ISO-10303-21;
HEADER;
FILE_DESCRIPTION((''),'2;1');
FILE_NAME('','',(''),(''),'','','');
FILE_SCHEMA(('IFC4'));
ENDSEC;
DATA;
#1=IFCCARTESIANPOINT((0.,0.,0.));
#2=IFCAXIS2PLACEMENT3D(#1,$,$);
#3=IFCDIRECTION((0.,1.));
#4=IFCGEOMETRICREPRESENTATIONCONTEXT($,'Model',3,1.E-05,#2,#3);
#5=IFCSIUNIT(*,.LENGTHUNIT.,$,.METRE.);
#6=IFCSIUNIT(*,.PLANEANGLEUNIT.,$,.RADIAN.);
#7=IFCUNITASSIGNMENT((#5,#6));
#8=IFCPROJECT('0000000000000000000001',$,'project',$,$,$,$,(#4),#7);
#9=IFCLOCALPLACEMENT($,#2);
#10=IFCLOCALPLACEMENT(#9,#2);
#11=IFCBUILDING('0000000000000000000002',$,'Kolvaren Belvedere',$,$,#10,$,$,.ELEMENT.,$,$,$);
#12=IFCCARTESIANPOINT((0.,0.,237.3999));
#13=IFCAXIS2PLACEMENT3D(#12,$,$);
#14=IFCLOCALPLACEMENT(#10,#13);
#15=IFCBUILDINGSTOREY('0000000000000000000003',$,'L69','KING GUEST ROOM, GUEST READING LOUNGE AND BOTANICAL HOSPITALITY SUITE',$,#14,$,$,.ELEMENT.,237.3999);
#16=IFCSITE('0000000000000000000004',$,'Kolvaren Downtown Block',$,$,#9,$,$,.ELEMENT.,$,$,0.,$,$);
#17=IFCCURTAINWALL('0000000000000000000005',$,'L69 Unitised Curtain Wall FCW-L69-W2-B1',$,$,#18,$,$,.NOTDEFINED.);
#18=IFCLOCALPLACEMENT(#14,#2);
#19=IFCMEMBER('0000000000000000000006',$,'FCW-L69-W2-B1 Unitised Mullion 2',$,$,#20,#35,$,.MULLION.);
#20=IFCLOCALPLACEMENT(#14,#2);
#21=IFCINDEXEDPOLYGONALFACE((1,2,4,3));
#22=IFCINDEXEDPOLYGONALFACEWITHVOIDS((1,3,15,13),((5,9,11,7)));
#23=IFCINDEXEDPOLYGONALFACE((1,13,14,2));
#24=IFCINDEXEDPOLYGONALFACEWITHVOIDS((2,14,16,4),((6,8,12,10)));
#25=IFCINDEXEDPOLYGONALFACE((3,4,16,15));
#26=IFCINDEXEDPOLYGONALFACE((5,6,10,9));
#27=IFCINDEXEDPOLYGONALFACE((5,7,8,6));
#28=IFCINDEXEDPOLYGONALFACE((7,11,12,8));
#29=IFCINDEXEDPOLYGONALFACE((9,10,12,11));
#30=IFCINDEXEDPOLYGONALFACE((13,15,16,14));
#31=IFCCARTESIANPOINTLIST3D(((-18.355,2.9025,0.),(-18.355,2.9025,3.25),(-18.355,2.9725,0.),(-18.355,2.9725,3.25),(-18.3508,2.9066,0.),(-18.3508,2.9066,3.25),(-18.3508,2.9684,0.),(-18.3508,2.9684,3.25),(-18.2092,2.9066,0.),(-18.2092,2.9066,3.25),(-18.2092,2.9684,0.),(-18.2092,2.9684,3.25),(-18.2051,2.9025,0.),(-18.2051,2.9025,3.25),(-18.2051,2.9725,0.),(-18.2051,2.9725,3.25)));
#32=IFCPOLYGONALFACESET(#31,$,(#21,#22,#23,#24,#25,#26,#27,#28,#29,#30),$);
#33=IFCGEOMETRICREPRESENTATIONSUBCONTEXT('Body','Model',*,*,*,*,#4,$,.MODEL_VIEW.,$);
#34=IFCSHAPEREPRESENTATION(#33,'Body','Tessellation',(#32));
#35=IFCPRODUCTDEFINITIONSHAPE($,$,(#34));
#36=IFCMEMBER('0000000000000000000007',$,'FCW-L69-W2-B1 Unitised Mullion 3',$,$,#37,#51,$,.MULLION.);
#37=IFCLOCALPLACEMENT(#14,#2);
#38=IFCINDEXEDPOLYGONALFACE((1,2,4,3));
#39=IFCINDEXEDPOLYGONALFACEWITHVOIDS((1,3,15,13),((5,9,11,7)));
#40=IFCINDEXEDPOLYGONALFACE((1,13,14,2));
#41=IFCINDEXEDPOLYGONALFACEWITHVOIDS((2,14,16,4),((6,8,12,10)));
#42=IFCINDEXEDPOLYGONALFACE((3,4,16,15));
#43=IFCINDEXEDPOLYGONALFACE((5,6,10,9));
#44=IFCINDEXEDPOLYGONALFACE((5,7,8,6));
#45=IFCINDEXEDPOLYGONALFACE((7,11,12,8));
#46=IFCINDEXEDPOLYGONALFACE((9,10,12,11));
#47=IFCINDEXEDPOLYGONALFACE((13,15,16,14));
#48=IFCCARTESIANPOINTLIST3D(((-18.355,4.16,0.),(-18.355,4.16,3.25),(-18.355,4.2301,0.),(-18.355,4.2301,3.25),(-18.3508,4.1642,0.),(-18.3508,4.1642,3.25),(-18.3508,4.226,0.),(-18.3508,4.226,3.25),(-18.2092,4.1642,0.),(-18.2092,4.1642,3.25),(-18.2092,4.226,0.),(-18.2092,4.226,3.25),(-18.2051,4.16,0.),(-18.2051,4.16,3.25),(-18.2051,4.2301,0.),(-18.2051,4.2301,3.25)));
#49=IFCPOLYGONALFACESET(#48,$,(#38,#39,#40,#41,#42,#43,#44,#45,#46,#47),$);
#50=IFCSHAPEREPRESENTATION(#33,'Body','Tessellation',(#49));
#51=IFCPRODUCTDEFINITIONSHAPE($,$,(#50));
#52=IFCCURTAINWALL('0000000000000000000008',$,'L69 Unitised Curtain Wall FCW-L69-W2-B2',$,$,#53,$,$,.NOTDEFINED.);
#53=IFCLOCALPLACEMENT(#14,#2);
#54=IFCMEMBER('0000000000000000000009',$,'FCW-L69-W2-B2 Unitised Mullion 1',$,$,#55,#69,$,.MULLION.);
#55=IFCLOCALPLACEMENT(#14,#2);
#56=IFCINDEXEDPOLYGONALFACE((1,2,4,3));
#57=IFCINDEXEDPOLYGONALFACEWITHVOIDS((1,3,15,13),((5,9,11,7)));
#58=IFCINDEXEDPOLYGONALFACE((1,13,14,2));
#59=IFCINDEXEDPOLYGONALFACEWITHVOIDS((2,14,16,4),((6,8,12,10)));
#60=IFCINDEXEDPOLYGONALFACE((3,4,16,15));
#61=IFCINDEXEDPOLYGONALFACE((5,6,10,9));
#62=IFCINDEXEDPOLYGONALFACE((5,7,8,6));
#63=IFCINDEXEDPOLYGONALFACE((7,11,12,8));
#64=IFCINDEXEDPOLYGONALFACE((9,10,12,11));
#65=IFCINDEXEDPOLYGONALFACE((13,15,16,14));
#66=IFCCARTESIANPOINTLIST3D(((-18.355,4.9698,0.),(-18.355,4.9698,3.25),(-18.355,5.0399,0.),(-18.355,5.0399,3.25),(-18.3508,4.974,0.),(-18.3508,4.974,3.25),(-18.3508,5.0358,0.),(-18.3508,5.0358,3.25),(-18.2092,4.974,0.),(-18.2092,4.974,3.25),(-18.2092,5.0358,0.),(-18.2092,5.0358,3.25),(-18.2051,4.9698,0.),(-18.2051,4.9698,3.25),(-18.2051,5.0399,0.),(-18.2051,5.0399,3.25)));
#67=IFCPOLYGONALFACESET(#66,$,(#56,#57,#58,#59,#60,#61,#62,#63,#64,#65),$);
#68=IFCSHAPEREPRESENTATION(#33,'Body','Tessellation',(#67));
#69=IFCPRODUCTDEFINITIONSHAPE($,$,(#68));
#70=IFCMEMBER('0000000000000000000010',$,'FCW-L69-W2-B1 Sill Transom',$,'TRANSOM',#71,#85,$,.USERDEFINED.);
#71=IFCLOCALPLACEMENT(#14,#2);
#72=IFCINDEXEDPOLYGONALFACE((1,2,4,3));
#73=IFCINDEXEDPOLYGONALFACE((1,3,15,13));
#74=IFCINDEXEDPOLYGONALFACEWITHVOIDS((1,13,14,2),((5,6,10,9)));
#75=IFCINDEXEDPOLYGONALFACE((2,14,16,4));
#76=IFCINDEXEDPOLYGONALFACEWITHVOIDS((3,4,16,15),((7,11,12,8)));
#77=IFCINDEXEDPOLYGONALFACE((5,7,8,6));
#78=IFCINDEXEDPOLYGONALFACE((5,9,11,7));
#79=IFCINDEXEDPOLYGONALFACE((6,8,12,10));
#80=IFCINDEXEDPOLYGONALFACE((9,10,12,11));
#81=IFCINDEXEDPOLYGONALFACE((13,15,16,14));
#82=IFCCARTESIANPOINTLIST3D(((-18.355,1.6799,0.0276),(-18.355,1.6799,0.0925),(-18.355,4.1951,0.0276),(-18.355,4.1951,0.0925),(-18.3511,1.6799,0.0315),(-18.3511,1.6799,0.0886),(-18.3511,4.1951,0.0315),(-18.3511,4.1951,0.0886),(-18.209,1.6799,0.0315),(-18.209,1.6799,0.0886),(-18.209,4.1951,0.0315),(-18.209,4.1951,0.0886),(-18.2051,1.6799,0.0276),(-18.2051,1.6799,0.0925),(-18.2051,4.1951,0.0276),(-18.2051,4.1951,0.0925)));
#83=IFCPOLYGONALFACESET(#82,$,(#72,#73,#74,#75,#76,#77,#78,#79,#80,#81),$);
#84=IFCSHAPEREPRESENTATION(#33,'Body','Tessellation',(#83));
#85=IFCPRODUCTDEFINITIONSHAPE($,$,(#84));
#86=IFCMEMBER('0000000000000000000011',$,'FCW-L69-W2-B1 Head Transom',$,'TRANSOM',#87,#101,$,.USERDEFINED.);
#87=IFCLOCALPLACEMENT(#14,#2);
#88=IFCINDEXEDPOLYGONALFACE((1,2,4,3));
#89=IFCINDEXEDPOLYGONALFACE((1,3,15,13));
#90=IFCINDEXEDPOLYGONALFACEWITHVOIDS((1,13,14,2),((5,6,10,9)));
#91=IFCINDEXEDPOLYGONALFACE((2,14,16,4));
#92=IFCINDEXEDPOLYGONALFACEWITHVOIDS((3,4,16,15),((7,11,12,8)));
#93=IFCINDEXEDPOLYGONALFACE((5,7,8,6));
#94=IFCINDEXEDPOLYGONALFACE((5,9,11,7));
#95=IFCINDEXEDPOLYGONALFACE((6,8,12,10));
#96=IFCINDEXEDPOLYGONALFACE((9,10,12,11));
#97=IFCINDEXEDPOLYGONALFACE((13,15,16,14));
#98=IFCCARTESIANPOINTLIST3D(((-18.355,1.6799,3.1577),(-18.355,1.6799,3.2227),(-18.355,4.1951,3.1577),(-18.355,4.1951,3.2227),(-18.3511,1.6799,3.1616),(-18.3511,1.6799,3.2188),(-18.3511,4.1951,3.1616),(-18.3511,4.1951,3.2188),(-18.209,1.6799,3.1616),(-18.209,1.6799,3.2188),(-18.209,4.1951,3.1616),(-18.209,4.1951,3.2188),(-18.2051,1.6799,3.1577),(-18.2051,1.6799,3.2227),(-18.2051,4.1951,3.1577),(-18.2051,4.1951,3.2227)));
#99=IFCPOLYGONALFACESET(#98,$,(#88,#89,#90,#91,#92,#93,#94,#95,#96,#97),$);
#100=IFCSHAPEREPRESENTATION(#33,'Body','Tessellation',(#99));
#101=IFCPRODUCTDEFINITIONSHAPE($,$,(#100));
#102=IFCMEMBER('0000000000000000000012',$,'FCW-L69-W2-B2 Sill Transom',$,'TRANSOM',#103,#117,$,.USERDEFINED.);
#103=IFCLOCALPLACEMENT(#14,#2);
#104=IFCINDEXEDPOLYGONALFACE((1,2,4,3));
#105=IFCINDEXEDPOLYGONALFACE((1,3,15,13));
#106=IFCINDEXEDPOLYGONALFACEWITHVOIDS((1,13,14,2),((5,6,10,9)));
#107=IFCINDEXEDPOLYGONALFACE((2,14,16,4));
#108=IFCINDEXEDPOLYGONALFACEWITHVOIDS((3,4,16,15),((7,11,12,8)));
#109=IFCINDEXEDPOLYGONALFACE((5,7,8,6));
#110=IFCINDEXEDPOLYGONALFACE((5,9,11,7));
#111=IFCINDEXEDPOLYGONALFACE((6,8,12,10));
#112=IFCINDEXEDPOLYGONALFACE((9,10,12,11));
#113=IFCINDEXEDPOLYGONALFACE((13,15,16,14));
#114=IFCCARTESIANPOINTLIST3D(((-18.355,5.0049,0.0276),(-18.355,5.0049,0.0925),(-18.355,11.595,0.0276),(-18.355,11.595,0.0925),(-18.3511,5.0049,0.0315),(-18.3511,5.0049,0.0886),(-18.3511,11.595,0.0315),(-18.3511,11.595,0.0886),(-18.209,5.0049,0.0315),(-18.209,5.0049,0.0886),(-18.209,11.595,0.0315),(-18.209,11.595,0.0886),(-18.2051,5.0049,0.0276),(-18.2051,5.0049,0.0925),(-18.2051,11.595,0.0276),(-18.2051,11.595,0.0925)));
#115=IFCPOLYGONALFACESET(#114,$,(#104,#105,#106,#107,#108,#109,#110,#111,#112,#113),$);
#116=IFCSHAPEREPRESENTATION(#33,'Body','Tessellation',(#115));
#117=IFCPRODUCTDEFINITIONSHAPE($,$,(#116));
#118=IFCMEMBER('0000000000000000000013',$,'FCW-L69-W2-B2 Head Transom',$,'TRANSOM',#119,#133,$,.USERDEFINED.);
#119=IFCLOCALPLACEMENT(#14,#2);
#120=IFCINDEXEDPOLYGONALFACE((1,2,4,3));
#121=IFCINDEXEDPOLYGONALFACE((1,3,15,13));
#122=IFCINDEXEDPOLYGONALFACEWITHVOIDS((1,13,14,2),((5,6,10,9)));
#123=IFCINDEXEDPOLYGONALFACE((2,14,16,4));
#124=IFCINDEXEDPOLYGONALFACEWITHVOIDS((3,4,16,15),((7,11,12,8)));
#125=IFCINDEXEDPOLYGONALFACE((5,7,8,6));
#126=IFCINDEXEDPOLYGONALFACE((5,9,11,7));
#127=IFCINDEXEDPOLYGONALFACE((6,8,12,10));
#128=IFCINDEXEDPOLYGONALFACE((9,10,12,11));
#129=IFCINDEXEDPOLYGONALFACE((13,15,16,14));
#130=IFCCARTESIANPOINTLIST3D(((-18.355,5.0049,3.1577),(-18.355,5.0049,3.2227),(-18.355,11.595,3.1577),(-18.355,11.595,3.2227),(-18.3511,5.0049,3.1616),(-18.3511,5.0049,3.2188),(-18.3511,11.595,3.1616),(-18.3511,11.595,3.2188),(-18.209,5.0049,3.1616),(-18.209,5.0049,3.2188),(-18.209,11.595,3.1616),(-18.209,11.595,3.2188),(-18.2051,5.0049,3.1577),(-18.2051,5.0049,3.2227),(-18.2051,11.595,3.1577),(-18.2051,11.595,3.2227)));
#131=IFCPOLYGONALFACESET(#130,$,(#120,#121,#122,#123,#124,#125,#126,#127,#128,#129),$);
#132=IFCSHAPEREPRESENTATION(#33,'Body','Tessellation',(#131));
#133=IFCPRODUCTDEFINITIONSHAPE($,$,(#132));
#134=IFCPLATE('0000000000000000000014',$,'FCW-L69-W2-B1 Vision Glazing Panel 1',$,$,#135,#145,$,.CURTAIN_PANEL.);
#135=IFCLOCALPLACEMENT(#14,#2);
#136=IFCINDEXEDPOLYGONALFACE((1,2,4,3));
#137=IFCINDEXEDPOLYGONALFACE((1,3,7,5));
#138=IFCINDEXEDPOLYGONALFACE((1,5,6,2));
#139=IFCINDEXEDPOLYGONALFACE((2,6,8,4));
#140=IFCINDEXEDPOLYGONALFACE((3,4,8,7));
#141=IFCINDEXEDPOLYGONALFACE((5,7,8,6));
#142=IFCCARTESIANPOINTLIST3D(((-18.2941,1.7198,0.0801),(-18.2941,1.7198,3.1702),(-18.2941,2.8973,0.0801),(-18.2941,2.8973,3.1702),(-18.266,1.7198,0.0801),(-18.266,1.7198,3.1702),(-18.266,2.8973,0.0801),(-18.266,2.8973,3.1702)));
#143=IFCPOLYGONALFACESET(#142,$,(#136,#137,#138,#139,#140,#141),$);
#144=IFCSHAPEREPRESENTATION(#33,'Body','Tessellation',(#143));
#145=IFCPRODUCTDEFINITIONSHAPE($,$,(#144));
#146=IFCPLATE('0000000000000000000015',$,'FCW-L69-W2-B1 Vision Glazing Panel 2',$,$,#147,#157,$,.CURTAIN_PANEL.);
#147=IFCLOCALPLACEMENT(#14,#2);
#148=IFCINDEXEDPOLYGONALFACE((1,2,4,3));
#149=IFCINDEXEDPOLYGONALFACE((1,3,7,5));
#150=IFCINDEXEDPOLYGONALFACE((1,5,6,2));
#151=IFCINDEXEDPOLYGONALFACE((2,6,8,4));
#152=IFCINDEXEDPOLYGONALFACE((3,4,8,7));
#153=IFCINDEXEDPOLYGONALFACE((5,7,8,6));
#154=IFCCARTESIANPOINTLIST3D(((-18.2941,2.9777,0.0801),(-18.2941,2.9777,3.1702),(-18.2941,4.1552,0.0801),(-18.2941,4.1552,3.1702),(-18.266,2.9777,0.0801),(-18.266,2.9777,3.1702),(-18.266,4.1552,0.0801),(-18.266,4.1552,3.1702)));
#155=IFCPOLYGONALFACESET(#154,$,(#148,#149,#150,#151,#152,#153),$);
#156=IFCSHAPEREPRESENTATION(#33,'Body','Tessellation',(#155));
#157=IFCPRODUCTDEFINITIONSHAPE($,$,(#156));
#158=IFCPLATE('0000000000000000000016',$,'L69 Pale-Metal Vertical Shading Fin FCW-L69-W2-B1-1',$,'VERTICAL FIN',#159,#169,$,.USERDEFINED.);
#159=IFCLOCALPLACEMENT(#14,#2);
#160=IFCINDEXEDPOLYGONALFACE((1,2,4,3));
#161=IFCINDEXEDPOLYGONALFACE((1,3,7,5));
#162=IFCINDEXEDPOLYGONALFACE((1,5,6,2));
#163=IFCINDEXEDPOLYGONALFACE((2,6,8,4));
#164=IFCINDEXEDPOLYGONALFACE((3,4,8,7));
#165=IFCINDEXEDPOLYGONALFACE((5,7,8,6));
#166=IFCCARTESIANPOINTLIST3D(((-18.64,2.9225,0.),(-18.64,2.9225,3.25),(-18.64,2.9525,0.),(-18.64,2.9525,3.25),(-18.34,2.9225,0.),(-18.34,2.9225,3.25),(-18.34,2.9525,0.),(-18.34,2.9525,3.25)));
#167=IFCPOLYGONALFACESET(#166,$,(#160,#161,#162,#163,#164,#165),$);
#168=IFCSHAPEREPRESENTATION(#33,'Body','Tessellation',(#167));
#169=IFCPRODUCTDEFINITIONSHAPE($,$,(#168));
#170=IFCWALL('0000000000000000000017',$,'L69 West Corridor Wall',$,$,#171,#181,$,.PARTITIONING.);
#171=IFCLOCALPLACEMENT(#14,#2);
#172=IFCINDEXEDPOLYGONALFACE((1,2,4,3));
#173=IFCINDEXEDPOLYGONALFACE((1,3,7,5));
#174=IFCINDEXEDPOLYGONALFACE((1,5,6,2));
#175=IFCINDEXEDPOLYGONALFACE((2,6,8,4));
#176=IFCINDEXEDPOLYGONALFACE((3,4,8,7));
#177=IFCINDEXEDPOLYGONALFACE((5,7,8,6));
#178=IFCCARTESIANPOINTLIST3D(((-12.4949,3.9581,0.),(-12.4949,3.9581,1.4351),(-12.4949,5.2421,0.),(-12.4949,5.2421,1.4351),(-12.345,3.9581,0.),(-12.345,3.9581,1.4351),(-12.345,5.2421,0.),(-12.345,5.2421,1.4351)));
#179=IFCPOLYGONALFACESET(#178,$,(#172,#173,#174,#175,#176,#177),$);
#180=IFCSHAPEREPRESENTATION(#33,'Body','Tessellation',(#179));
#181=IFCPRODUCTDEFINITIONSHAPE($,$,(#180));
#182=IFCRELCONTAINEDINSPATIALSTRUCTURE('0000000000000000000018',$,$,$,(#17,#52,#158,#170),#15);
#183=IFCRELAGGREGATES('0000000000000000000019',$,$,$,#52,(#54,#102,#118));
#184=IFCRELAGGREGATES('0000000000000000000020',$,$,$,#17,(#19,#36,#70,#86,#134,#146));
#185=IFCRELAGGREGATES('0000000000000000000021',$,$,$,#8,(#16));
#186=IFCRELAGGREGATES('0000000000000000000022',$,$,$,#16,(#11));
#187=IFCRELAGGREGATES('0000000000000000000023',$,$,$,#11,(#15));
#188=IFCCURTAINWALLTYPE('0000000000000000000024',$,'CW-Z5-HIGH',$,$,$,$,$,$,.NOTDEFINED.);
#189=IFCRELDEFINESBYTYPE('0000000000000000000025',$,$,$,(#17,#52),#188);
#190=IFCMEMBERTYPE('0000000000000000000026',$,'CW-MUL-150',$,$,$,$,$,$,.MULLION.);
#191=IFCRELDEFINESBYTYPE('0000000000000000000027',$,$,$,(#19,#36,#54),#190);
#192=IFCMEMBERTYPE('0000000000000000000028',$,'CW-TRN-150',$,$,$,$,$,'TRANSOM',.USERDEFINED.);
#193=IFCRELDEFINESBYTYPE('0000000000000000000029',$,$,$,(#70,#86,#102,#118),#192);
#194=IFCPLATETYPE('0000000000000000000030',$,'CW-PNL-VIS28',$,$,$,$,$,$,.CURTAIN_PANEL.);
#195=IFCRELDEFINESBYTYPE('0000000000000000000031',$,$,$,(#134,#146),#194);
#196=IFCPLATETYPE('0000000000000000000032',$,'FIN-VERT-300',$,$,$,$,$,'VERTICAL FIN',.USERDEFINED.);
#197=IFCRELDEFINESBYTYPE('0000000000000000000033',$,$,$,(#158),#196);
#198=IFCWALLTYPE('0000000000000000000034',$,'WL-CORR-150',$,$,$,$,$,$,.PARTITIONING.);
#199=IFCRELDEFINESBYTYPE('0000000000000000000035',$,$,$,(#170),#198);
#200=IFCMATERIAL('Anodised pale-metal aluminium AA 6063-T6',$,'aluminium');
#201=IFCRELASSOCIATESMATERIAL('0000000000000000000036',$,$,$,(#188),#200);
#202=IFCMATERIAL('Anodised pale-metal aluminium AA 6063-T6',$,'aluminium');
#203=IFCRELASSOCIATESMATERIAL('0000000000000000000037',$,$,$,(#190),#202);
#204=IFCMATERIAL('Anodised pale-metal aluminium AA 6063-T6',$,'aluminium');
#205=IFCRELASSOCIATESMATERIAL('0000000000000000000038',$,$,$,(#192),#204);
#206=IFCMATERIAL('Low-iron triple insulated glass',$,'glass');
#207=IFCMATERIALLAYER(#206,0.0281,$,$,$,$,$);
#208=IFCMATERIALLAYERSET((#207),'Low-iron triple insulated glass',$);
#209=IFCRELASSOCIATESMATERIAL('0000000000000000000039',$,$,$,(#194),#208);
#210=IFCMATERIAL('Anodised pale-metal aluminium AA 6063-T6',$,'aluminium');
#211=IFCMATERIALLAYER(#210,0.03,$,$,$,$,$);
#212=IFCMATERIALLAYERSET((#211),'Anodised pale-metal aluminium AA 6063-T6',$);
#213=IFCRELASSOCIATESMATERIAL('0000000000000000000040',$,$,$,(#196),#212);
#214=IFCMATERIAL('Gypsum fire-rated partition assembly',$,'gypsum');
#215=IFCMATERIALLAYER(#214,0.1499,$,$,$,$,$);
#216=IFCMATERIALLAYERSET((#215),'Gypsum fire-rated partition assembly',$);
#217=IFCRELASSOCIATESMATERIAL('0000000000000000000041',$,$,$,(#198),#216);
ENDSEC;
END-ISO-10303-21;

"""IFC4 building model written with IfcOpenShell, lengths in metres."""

from ifc_helpers import new_model, si_unit, direction, frame, frame_2d, origin, origin_2d, place, context, subcontext, project, spatial, rectangle, hollow_rectangle, extrude, material, layer, layer_set, material_profile, profile_set, type_object, element, aggregate, save


model = new_model("IFC4")

# Units and contexts
model_context = context("Model", 3, precision=1e-05, world=origin(), true_north=direction((0.0, 1.0)))
body_context = subcontext(model_context, "Body", "Model", "MODEL_VIEW")
ifc_project = project(units=[si_unit("LENGTHUNIT", "METRE"), si_unit("PLANEANGLEUNIT", "RADIAN")], contexts=[model_context])

# Site, building, storey
site_placement = place(None, origin())
site = spatial("IfcSite", under=ifc_project, at=site_placement, Name="Kolvaren Downtown Block", CompositionType="ELEMENT", RefElevation=0.0)
building_placement = place(site_placement, origin())
building = spatial("IfcBuilding", under=site, at=building_placement, Name="Kolvaren Belvedere", CompositionType="ELEMENT")
storey_placement = place(building_placement, frame((0.0, 0.0, 237.3999)))
storey = spatial("IfcBuildingStorey", under=building, at=storey_placement, Name="L69", Description="KING GUEST ROOM, GUEST READING LOUNGE AND BOTANICAL HOSPITALITY SUITE", CompositionType="ELEMENT", Elevation=237.3999)

# Curtain wall, members
ifc_material_1 = material(Name="Anodised pale-metal aluminium AA 6063-T6", Category="aluminium")
curtain_wall_type = type_object("IfcCurtainWallType", Name="CW-Z5-HIGH", PredefinedType="NOTDEFINED", material=ifc_material_1)
curtain_wall_1_placement = place(storey_placement, origin())
curtain_wall_1 = element("IfcCurtainWall", 1, at=curtain_wall_1_placement, inside=storey, type_object=curtain_wall_type, Name="L69 Unitised Curtain Wall FCW-L69-W2-B1", PredefinedType="NOTDEFINED")
ifc_material_2 = material(Name="Anodised pale-metal aluminium AA 6063-T6", Category="aluminium")
ifc_material_profile_1 = material_profile(ifc_material_2, hollow_rectangle(XDim=0.0701, YDim=0.1499, WallThickness=0.0042, at=origin_2d()), Name="ALU-MUL-150X70")
ifc_profile_set_1 = profile_set([ifc_material_profile_1], Name="Anodised pale-metal aluminium AA 6063-T6")
member_type_1 = type_object("IfcMemberType", Name="CW-MUL-150", PredefinedType="MULLION", material=ifc_profile_set_1)
member_1_placement = place(storey_placement, frame((-18.28, 2.9375, 0.0), z_axis=(0.0, 0.0, 1.0), x_axis=(0.0, 1.0, 0.0)))
member_1 = element("IfcMember", 2, at=member_1_placement, type_object=member_type_1, Name="FCW-L69-W2-B1 Unitised Mullion 2", PredefinedType="MULLION", context=body_context, shape_type="SweptSolid", body=[
    extrude(hollow_rectangle(XDim=0.0701, YDim=0.1499, WallThickness=0.0042, at=origin_2d()), origin(), (0.0, 0.0, 1.0), 3.25),
])
member_2_placement = place(storey_placement, frame((-18.28, 4.1951, 0.0), z_axis=(0.0, 0.0, 1.0), x_axis=(0.0, 1.0, 0.0)))
member_2 = element("IfcMember", 3, at=member_2_placement, type_object=member_type_1, Name="FCW-L69-W2-B1 Unitised Mullion 3", PredefinedType="MULLION", context=body_context, shape_type="SweptSolid", body=[
    extrude(hollow_rectangle(XDim=0.0701, YDim=0.1499, WallThickness=0.0042, at=origin_2d()), origin(), (0.0, 0.0, 1.0), 3.25),
])

# Curtain wall, member
curtain_wall_2_placement = place(storey_placement, origin())
curtain_wall_2 = element("IfcCurtainWall", 4, at=curtain_wall_2_placement, inside=storey, type_object=curtain_wall_type, Name="L69 Unitised Curtain Wall FCW-L69-W2-B2", PredefinedType="NOTDEFINED")
member_3_placement = place(storey_placement, frame((-18.28, 5.0049, 0.0), z_axis=(0.0, 0.0, 1.0), x_axis=(0.0, 1.0, 0.0)))
member_3 = element("IfcMember", 5, at=member_3_placement, type_object=member_type_1, Name="FCW-L69-W2-B2 Unitised Mullion 1", PredefinedType="MULLION", context=body_context, shape_type="SweptSolid", body=[
    extrude(hollow_rectangle(XDim=0.0701, YDim=0.1499, WallThickness=0.0042, at=origin_2d()), origin(), (0.0, 0.0, 1.0), 3.25),
])

# Members
ifc_material_3 = material(Name="Anodised pale-metal aluminium AA 6063-T6", Category="aluminium")
ifc_material_profile_2 = material_profile(ifc_material_3, hollow_rectangle(XDim=0.0649, YDim=0.1499, WallThickness=0.0039, at=origin_2d()), Name="ALU-TRN-150X65")
ifc_profile_set_2 = profile_set([ifc_material_profile_2], Name="Anodised pale-metal aluminium AA 6063-T6")
member_type_2 = type_object("IfcMemberType", Name="CW-TRN-150", ElementType="TRANSOM", PredefinedType="USERDEFINED", material=ifc_profile_set_2)
member_4_placement = place(storey_placement, frame((-18.28, 1.6799, 0.0601), z_axis=(0.0, 1.0, 0.0), x_axis=(0.0, 0.0, 1.0)))
member_4 = element("IfcMember", 6, at=member_4_placement, type_object=member_type_2, Name="FCW-L69-W2-B1 Sill Transom", ObjectType="TRANSOM", PredefinedType="USERDEFINED", context=body_context, shape_type="SweptSolid", body=[
    extrude(hollow_rectangle(XDim=0.0649, YDim=0.1499, WallThickness=0.0039, at=origin_2d()), origin(), (0.0, 0.0, 1.0), 2.5151),
])
member_5_placement = place(storey_placement, frame((-18.28, 1.6799, 3.1902), z_axis=(0.0, 1.0, 0.0), x_axis=(0.0, 0.0, 1.0)))
member_5 = element("IfcMember", 7, at=member_5_placement, type_object=member_type_2, Name="FCW-L69-W2-B1 Head Transom", ObjectType="TRANSOM", PredefinedType="USERDEFINED", context=body_context, shape_type="SweptSolid", body=[
    extrude(hollow_rectangle(XDim=0.0649, YDim=0.1499, WallThickness=0.0039, at=origin_2d()), origin(), (0.0, 0.0, 1.0), 2.5151),
])
member_6_placement = place(storey_placement, frame((-18.28, 5.0049, 0.0601), z_axis=(0.0, 1.0, 0.0), x_axis=(0.0, 0.0, 1.0)))
member_6 = element("IfcMember", 8, at=member_6_placement, type_object=member_type_2, Name="FCW-L69-W2-B2 Sill Transom", ObjectType="TRANSOM", PredefinedType="USERDEFINED", context=body_context, shape_type="SweptSolid", body=[
    extrude(hollow_rectangle(XDim=0.0649, YDim=0.1499, WallThickness=0.0039, at=origin_2d()), origin(), (0.0, 0.0, 1.0), 6.5901),
])
member_7_placement = place(storey_placement, frame((-18.28, 5.0049, 3.1902), z_axis=(0.0, 1.0, 0.0), x_axis=(0.0, 0.0, 1.0)))
member_7 = element("IfcMember", 9, at=member_7_placement, type_object=member_type_2, Name="FCW-L69-W2-B2 Head Transom", ObjectType="TRANSOM", PredefinedType="USERDEFINED", context=body_context, shape_type="SweptSolid", body=[
    extrude(hollow_rectangle(XDim=0.0649, YDim=0.1499, WallThickness=0.0039, at=origin_2d()), origin(), (0.0, 0.0, 1.0), 6.5901),
])
aggregate(curtain_wall_2, [member_3, member_6, member_7])

# Plates
ifc_material_4 = material(Name="Low-iron triple insulated glass", Category="glass")
ifc_layer_1 = layer(ifc_material_4, 0.0281)
ifc_layer_set_1 = layer_set([ifc_layer_1], Name="Low-iron triple insulated glass")
plate_type_1 = type_object("IfcPlateType", Name="CW-PNL-VIS28", PredefinedType="CURTAIN_PANEL", material=ifc_layer_set_1)
plate_1_placement = place(storey_placement, frame((-18.28, 2.3086, 0.0801), z_axis=(0.0, 0.0, 1.0), x_axis=(0.0, 1.0, 0.0)))
plate_1 = element("IfcPlate", 10, at=plate_1_placement, type_object=plate_type_1, Name="FCW-L69-W2-B1 Vision Glazing Panel 1", PredefinedType="CURTAIN_PANEL", context=body_context, shape_type="SweptSolid", body=[
    extrude(rectangle(XDim=1.1775, YDim=0.0281, at=origin_2d()), origin(), (0.0, 0.0, 1.0), 3.0901),
])
plate_2_placement = place(storey_placement, frame((-18.28, 3.5664, 0.0801), z_axis=(0.0, 0.0, 1.0), x_axis=(0.0, 1.0, 0.0)))
plate_2 = element("IfcPlate", 11, at=plate_2_placement, type_object=plate_type_1, Name="FCW-L69-W2-B1 Vision Glazing Panel 2", PredefinedType="CURTAIN_PANEL", context=body_context, shape_type="SweptSolid", body=[
    extrude(rectangle(XDim=1.1775, YDim=0.0281, at=origin_2d()), origin(), (0.0, 0.0, 1.0), 3.0901),
])
aggregate(curtain_wall_1, [member_1, member_2, member_4, member_5, plate_1, plate_2])
ifc_material_5 = material(Name="Anodised pale-metal aluminium AA 6063-T6", Category="aluminium")
ifc_layer_2 = layer(ifc_material_5, 0.03)
ifc_layer_set_2 = layer_set([ifc_layer_2], Name="Anodised pale-metal aluminium AA 6063-T6")
plate_type_2 = type_object("IfcPlateType", Name="FIN-VERT-300", ElementType="VERTICAL FIN", PredefinedType="USERDEFINED", material=ifc_layer_set_2)
plate_3_placement = place(storey_placement, frame((-18.49, 2.9375, 0.0), z_axis=(0.0, 0.0, 1.0), x_axis=(1.0, 0.0, 0.0)))
element("IfcPlate", 12, at=plate_3_placement, inside=storey, type_object=plate_type_2, Name="L69 Pale-Metal Vertical Shading Fin FCW-L69-W2-B1-1", ObjectType="VERTICAL FIN", PredefinedType="USERDEFINED", context=body_context, shape_type="SweptSolid", body=[
    extrude(rectangle(XDim=0.3, YDim=0.03, at=origin_2d()), origin(), (0.0, 0.0, 1.0), 3.25),
])

# Wall
ifc_material_6 = material(Name="Gypsum fire-rated partition assembly", Category="gypsum")
ifc_layer_3 = layer(ifc_material_6, 0.1499)
ifc_layer_set_3 = layer_set([ifc_layer_3], Name="Gypsum fire-rated partition assembly")
wall_type_1 = type_object("IfcWallType", Name="WL-CORR-150", PredefinedType="PARTITIONING", material=ifc_layer_set_3)
wall_1_placement = place(storey_placement, frame((-12.4199, 3.958, 0.0), z_axis=(0.0, 0.0, 1.0), x_axis=(0.0, 1.0, 0.0)))
element("IfcWall", 13, at=wall_1_placement, inside=storey, type_object=wall_type_1, Name="L69 West Corridor Wall", PredefinedType="PARTITIONING", context=body_context, shape_type="SweptSolid", body=[
    extrude(rectangle(XDim=1.2839, YDim=0.1499, at=frame_2d((0.6421, 0.0))), origin(), (0.0, 0.0, 1.0), 1.4351),
])

save(model, "model.ifc")
